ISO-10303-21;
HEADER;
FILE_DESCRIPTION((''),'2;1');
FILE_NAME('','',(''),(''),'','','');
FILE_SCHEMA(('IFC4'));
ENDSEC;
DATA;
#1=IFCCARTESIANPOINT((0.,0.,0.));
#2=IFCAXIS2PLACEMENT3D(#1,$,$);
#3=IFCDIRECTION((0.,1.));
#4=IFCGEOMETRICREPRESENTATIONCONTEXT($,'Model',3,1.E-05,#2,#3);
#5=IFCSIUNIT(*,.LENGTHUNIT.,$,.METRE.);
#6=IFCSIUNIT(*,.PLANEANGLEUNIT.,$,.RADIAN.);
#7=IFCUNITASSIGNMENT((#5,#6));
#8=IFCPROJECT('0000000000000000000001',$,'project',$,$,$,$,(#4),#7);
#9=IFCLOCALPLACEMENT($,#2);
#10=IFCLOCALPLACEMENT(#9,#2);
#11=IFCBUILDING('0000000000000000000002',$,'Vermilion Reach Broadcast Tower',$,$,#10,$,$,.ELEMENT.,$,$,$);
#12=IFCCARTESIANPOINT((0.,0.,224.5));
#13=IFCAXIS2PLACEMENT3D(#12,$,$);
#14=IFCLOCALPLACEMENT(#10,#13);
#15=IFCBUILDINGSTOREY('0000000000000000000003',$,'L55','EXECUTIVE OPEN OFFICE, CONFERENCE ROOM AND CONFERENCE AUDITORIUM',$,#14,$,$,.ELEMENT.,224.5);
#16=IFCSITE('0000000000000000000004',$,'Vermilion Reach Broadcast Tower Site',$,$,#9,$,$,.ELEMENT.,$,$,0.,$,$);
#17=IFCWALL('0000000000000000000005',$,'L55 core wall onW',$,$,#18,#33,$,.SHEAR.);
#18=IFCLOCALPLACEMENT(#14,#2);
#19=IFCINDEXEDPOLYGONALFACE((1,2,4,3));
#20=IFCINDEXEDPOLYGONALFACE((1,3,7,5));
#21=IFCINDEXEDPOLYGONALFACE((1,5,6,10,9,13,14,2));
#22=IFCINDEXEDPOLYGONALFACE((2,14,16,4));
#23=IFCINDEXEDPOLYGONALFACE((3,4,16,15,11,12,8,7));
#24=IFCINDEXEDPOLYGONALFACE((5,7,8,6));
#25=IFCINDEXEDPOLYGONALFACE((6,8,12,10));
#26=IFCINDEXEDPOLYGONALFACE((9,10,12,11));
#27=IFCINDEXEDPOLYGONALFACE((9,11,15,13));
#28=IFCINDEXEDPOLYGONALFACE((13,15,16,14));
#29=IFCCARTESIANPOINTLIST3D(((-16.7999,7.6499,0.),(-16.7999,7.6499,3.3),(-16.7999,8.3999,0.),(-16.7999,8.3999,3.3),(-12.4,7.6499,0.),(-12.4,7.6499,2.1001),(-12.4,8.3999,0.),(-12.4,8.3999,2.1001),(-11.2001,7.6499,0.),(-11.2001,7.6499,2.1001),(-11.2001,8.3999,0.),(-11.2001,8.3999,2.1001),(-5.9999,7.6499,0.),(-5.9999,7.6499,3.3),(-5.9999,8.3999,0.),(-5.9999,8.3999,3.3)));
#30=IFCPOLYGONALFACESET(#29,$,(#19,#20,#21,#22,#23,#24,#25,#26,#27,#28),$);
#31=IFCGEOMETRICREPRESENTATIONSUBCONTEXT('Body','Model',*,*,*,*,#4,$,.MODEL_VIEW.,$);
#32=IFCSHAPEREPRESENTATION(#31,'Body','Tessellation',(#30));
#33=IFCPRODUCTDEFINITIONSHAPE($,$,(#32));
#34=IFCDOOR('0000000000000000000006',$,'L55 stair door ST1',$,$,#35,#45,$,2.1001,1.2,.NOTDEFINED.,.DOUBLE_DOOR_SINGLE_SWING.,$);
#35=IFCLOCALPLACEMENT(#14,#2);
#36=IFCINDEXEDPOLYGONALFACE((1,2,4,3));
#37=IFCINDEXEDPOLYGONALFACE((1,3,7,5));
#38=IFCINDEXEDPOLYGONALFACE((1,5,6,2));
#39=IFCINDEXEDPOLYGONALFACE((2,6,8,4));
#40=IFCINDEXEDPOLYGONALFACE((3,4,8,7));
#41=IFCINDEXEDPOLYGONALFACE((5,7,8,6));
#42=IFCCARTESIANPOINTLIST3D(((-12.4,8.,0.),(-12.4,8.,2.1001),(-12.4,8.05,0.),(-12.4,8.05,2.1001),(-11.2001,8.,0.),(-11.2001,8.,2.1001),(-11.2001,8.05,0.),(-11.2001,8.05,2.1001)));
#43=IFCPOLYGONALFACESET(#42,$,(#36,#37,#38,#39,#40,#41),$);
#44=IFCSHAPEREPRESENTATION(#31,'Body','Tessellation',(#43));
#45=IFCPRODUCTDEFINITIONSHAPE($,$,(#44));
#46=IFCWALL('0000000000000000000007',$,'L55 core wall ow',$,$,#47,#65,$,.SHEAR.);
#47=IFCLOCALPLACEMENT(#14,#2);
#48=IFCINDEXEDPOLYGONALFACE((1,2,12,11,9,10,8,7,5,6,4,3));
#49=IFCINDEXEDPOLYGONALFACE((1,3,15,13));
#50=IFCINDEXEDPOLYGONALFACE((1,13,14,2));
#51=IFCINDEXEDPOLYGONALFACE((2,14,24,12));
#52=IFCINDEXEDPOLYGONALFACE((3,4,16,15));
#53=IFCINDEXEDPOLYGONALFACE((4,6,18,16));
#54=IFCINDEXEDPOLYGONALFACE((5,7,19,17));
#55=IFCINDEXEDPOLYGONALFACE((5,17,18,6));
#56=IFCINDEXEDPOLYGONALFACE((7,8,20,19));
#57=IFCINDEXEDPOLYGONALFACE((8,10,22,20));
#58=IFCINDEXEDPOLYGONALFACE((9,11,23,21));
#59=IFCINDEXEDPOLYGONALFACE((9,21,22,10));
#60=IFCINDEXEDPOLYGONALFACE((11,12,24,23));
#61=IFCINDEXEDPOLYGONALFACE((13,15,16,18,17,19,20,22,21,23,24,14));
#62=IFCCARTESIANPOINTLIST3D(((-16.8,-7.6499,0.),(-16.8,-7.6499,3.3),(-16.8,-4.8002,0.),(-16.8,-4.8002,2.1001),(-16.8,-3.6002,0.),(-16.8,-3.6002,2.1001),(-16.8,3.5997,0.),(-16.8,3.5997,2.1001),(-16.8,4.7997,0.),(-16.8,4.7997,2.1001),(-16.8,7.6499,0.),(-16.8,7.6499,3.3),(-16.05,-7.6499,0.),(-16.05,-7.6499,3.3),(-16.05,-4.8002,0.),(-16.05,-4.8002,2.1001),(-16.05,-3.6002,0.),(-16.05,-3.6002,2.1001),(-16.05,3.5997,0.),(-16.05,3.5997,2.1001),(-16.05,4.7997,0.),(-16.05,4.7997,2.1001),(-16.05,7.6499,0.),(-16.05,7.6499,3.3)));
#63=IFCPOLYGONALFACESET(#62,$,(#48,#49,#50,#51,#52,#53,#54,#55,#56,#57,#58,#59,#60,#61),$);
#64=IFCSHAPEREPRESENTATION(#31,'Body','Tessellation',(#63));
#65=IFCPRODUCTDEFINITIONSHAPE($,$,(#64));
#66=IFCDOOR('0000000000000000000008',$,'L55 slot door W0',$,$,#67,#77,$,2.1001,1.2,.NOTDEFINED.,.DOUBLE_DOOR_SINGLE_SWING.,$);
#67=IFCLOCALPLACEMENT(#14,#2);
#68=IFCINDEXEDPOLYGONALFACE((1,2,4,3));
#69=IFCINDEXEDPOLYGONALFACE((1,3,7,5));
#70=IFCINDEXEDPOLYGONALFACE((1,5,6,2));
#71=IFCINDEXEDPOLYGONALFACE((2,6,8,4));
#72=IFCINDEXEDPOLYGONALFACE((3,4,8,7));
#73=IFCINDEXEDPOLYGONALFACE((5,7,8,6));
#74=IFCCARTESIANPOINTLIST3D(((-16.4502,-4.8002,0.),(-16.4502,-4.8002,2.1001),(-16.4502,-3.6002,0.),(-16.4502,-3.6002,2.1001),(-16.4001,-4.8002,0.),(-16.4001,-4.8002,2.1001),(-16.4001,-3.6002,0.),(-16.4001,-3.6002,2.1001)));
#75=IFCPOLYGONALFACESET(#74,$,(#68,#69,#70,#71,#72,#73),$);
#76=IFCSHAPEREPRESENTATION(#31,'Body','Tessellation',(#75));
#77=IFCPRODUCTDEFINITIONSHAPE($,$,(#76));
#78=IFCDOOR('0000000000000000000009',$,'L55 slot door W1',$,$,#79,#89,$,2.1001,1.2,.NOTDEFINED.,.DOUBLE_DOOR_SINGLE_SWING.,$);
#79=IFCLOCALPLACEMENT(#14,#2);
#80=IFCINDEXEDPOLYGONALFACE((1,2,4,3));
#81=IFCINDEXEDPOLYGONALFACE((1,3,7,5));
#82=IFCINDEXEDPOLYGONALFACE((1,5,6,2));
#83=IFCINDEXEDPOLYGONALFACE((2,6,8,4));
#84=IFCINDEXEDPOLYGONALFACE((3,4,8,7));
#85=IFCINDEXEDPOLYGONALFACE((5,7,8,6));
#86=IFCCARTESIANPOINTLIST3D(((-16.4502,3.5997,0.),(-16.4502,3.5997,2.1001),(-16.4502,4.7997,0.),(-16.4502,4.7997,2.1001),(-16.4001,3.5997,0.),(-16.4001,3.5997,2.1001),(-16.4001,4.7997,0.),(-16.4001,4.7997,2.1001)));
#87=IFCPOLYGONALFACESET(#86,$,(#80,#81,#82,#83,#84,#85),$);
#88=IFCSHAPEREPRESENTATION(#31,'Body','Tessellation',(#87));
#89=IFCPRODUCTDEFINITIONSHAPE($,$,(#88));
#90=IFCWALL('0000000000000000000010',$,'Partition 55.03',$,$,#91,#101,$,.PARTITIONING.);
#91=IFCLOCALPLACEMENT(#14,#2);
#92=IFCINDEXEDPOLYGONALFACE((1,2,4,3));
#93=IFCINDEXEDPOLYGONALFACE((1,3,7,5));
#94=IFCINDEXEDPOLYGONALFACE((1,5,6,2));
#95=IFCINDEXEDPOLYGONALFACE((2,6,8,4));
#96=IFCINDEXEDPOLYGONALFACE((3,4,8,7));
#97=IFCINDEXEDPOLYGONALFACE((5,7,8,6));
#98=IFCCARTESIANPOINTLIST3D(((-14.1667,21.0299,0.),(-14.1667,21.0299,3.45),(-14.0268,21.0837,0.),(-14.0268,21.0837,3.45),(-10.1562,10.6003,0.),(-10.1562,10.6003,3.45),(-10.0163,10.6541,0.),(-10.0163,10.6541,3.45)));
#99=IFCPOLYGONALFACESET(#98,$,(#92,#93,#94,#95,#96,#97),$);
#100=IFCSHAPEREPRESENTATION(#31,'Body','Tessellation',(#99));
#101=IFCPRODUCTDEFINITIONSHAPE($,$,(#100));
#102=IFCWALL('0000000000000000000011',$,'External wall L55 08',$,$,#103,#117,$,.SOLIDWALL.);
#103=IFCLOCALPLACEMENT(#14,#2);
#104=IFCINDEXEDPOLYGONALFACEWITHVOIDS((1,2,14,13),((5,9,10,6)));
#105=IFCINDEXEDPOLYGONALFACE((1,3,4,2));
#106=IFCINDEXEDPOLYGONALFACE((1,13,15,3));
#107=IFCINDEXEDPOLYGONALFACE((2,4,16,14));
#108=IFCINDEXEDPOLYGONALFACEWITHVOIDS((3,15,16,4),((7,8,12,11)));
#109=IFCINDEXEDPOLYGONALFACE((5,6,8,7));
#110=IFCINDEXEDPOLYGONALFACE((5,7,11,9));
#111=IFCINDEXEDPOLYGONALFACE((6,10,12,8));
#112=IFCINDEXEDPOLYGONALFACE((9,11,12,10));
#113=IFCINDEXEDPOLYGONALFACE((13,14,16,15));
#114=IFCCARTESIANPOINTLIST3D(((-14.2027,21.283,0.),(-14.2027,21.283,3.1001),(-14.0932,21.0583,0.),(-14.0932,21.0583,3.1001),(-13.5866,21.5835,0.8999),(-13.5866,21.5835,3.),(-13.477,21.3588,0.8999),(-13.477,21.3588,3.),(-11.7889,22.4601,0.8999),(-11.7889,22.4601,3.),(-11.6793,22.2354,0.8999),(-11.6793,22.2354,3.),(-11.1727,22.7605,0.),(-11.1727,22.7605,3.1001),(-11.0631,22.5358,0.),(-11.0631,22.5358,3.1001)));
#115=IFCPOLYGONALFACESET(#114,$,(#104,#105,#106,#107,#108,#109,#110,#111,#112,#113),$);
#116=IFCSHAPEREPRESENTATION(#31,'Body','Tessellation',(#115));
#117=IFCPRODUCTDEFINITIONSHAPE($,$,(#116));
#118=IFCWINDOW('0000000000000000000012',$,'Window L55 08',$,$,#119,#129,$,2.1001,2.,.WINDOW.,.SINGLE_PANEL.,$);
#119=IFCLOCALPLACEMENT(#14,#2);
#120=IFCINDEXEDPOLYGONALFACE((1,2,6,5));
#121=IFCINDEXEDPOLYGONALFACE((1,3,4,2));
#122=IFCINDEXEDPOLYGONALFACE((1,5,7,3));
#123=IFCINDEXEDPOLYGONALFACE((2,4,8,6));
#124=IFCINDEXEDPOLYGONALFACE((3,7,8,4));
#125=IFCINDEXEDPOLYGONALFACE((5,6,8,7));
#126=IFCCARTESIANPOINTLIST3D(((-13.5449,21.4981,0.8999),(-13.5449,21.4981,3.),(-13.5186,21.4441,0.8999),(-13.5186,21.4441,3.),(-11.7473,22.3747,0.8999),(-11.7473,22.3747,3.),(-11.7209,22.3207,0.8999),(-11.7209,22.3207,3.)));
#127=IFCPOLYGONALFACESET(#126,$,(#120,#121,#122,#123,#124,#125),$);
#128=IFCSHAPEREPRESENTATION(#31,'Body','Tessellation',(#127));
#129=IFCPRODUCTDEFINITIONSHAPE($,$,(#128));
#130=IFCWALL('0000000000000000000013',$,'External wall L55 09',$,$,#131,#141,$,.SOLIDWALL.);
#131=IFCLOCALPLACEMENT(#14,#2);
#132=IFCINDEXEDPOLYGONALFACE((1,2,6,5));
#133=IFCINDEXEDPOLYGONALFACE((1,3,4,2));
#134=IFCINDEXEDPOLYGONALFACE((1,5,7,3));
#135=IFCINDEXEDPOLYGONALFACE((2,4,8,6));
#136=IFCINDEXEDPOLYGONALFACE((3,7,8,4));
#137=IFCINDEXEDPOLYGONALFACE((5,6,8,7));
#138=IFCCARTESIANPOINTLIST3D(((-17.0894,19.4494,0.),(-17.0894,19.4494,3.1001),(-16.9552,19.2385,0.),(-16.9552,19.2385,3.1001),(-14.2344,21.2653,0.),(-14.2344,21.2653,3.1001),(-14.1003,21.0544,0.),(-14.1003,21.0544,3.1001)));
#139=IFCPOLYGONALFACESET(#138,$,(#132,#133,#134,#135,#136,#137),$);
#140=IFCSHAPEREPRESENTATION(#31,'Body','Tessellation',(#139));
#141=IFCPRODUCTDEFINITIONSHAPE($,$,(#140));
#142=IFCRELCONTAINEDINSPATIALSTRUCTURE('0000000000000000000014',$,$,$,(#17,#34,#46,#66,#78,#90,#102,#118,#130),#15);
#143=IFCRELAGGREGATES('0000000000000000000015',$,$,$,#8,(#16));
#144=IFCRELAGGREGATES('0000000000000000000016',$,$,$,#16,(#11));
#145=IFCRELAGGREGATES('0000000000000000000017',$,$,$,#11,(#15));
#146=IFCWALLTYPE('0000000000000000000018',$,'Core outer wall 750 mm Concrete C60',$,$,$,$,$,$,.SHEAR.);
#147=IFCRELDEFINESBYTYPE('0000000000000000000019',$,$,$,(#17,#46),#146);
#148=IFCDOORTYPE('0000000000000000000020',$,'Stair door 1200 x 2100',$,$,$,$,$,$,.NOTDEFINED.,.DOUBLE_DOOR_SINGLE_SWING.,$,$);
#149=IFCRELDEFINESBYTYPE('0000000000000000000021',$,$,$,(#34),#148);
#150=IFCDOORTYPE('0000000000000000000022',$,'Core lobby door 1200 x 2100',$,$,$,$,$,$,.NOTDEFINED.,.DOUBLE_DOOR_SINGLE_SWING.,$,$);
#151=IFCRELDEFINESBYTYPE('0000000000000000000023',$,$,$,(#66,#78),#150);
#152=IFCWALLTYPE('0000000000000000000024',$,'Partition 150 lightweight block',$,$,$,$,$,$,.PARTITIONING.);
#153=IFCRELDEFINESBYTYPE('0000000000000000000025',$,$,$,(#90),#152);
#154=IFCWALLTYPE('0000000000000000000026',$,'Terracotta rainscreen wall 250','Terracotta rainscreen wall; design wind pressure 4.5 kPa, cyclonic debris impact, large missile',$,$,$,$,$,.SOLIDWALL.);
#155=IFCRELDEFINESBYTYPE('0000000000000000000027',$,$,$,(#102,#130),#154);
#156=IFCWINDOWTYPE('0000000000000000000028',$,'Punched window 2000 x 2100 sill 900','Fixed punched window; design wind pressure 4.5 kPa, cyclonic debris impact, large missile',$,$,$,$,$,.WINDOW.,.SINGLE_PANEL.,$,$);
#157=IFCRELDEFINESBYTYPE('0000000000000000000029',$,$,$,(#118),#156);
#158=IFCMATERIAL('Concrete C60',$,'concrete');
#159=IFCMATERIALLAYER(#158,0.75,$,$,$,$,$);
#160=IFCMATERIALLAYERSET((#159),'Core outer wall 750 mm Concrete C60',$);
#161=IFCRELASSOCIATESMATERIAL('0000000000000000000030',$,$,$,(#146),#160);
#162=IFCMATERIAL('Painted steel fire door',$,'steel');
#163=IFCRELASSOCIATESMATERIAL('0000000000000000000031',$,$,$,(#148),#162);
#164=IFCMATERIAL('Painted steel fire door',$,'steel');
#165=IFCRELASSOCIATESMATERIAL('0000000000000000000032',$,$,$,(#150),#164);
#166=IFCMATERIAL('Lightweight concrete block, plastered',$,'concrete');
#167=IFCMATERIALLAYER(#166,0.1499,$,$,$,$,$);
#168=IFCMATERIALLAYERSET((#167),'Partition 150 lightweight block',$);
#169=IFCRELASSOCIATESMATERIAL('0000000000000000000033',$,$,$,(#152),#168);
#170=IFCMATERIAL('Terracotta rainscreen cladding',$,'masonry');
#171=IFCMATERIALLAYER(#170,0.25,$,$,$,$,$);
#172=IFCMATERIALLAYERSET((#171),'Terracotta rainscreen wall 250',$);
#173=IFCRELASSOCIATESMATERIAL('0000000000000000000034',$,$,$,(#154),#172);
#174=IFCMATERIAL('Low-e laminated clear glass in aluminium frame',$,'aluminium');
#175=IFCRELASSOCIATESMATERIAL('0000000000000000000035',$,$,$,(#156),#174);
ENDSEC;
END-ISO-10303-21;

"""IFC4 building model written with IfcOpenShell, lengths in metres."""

from ifc_helpers import new_model, si_unit, direction, frame, frame_2d, origin, place, context, subcontext, project, spatial, rectangle, extrude, material, layer, layer_set, type_object, element, fill, save


model = new_model("IFC4")

# Units and contexts
model_context = context("Model", 3, precision=1e-05, world=origin(), true_north=direction((0.0, 1.0)))
body_context = subcontext(model_context, "Body", "Model", "MODEL_VIEW")
ifc_project = project(units=[si_unit("LENGTHUNIT", "METRE"), si_unit("PLANEANGLEUNIT", "RADIAN")], contexts=[model_context])

# Site, building, storey
site_placement = place(None, origin())
site = spatial("IfcSite", under=ifc_project, at=site_placement, Name="Vermilion Reach Broadcast Tower Site", CompositionType="ELEMENT", RefElevation=0.0)
building_placement = place(site_placement, origin())
building = spatial("IfcBuilding", under=site, at=building_placement, Name="Vermilion Reach Broadcast Tower", CompositionType="ELEMENT")
storey_placement = place(building_placement, frame((0.0, 0.0, 224.5)))
storey = spatial("IfcBuildingStorey", under=building, at=storey_placement, Name="L55", Description="EXECUTIVE OPEN OFFICE, CONFERENCE ROOM AND CONFERENCE AUDITORIUM", CompositionType="ELEMENT", Elevation=224.5)

# Wall, opening, door
ifc_material_1 = material(Name="Concrete C60", Category="concrete")
ifc_layer_1 = layer(ifc_material_1, 0.75)
ifc_layer_set_1 = layer_set([ifc_layer_1], Name="Core outer wall 750 mm Concrete C60")
wall_type_1 = type_object("IfcWallType", Name="Core outer wall 750 mm Concrete C60", PredefinedType="SHEAR", material=ifc_layer_set_1)
wall_1_placement = place(storey_placement, frame((-6.0, 8.0249, 0.0), z_axis=(0.0, 0.0, 1.0), x_axis=(-1.0, 0.0, 0.0)))
wall_1 = element("IfcWall", 1, at=wall_1_placement, inside=storey, type_object=wall_type_1, Name="L55 core wall onW", PredefinedType="SHEAR", context=body_context, shape_type="SweptSolid", body=[
    extrude(rectangle(XDim=10.8, YDim=0.75, at=frame_2d((5.3999, 0.0))), origin(), (0.0, 0.0, 1.0), 3.3),
])
opening_1_placement = place(wall_1_placement, frame((5.2, 0.0, 0.0)))
opening_1 = element("IfcOpeningElement", 2, at=opening_1_placement, cuts=wall_1, PredefinedType="OPENING", context=body_context, shape_type="SweptSolid", body=[
    extrude(rectangle(XDim=1.2, YDim=2.1001, at=frame_2d((0.6001, 1.05))), frame((0.0, 0.385, 0.0), z_axis=(0.0, -1.0, 0.0), x_axis=(1.0, 0.0, 0.0)), (0.0, 0.0, 1.0), 0.77),
])
ifc_material_2 = material(Name="Painted steel fire door", Category="steel")
door_type_1 = type_object("IfcDoorType", Name="Stair door 1200 x 2100", OperationType="DOUBLE_DOOR_SINGLE_SWING", PredefinedType="NOTDEFINED", material=ifc_material_2)
door_1_placement = place(opening_1_placement, origin())
door_1 = element("IfcDoor", 3, at=door_1_placement, inside=storey, type_object=door_type_1, Name="L55 stair door ST1", OperationType="DOUBLE_DOOR_SINGLE_SWING", OverallHeight=2.1001, OverallWidth=1.2, PredefinedType="NOTDEFINED", context=body_context, shape_type="SweptSolid", body=[
    extrude(rectangle(XDim=1.2, YDim=2.1001, at=frame_2d((0.6001, 1.05))), frame((0.0, 0.0249, 0.0), z_axis=(0.0, -1.0, 0.0), x_axis=(1.0, 0.0, 0.0)), (0.0, 0.0, 1.0), 0.05),
])
fill(opening_1, door_1)

# Wall, openings, doors
wall_2_placement = place(storey_placement, frame((-16.425, 7.6499, 0.0), z_axis=(0.0, 0.0, 1.0), x_axis=(0.0, -1.0, 0.0)))
wall_2 = element("IfcWall", 4, at=wall_2_placement, inside=storey, type_object=wall_type_1, Name="L55 core wall ow", PredefinedType="SHEAR", context=body_context, shape_type="SweptSolid", body=[
    extrude(rectangle(XDim=15.2998, YDim=0.75, at=frame_2d((7.6499, 0.0))), origin(), (0.0, 0.0, 1.0), 3.3),
])
opening_2_placement = place(wall_2_placement, frame((11.25, 0.0, 0.0)))
opening_2 = element("IfcOpeningElement", 5, at=opening_2_placement, cuts=wall_2, PredefinedType="OPENING", context=body_context, shape_type="SweptSolid", body=[
    extrude(rectangle(XDim=1.2, YDim=2.1001, at=frame_2d((0.6001, 1.05))), frame((0.0, 0.385, 0.0), z_axis=(0.0, -1.0, 0.0), x_axis=(1.0, 0.0, 0.0)), (0.0, 0.0, 1.0), 0.77),
])
opening_3_placement = place(wall_2_placement, frame((2.8501, 0.0, 0.0)))
opening_3 = element("IfcOpeningElement", 6, at=opening_3_placement, cuts=wall_2, PredefinedType="OPENING", context=body_context, shape_type="SweptSolid", body=[
    extrude(rectangle(XDim=1.2, YDim=2.1001, at=frame_2d((0.6001, 1.05))), frame((0.0, 0.385, 0.0), z_axis=(0.0, -1.0, 0.0), x_axis=(1.0, 0.0, 0.0)), (0.0, 0.0, 1.0), 0.77),
])
ifc_material_3 = material(Name="Painted steel fire door", Category="steel")
door_type_2 = type_object("IfcDoorType", Name="Core lobby door 1200 x 2100", OperationType="DOUBLE_DOOR_SINGLE_SWING", PredefinedType="NOTDEFINED", material=ifc_material_3)
door_2_placement = place(opening_2_placement, origin())
door_2 = element("IfcDoor", 7, at=door_2_placement, inside=storey, type_object=door_type_2, Name="L55 slot door W0", OperationType="DOUBLE_DOOR_SINGLE_SWING", OverallHeight=2.1001, OverallWidth=1.2, PredefinedType="NOTDEFINED", context=body_context, shape_type="SweptSolid", body=[
    extrude(rectangle(XDim=1.2, YDim=2.1001, at=frame_2d((0.6001, 1.05))), frame((0.0, 0.0249, 0.0), z_axis=(0.0, -1.0, 0.0), x_axis=(1.0, 0.0, 0.0)), (0.0, 0.0, 1.0), 0.05),
])
fill(opening_2, door_2)
door_3_placement = place(opening_3_placement, origin())
door_3 = element("IfcDoor", 8, at=door_3_placement, inside=storey, type_object=door_type_2, Name="L55 slot door W1", OperationType="DOUBLE_DOOR_SINGLE_SWING", OverallHeight=2.1001, OverallWidth=1.2, PredefinedType="NOTDEFINED", context=body_context, shape_type="SweptSolid", body=[
    extrude(rectangle(XDim=1.2, YDim=2.1001, at=frame_2d((0.6001, 1.05))), frame((0.0, 0.0249, 0.0), z_axis=(0.0, -1.0, 0.0), x_axis=(1.0, 0.0, 0.0)), (0.0, 0.0, 1.0), 0.05),
])
fill(opening_3, door_3)

# Wall
ifc_material_4 = material(Name="Lightweight concrete block, plastered", Category="concrete")
ifc_layer_2 = layer(ifc_material_4, 0.1499)
ifc_layer_set_2 = layer_set([ifc_layer_2], Name="Partition 150 lightweight block")
wall_type_2 = type_object("IfcWallType", Name="Partition 150 lightweight block", PredefinedType="PARTITIONING", material=ifc_layer_set_2)
wall_3_placement = place(storey_placement, frame((-14.0967, 21.0566, 0.0), z_axis=(0.0, 0.0, 1.0), x_axis=(0.358907, -0.933373, 0.0)))
element("IfcWall", 9, at=wall_3_placement, inside=storey, type_object=wall_type_2, Name="Partition 55.03", PredefinedType="PARTITIONING", context=body_context, shape_type="SweptSolid", body=[
    extrude(rectangle(XDim=11.1741, YDim=0.1499, at=frame_2d((5.5869, 0.0))), origin(), (0.0, 0.0, 1.0), 3.45),
])

# Shared definitions
ifc_material_5 = material(Name="Terracotta rainscreen cladding", Category="masonry")
ifc_layer_3 = layer(ifc_material_5, 0.25)
ifc_layer_set_3 = layer_set([ifc_layer_3], Name="Terracotta rainscreen wall 250")
wall_type_3 = type_object("IfcWallType", Name="Terracotta rainscreen wall 250", Description="Terracotta rainscreen wall; design wind pressure 4.5 kPa, cyclonic debris impact, large missile", PredefinedType="SOLIDWALL", material=ifc_layer_set_3)

# Wall, opening, window
wall_4_placement = place(storey_placement, frame((-11.1179, 22.6482, 0.0), z_axis=(0.0, 0.0, 1.0), x_axis=(-0.89883, -0.438298, 0.0)))
wall_4 = element("IfcWall", 10, at=wall_4_placement, inside=storey, type_object=wall_type_3, Name="External wall L55 08", PredefinedType="SOLIDWALL", context=body_context, shape_type="SweptSolid", body=[
    extrude(rectangle(XDim=3.3711, YDim=0.25, at=frame_2d((1.6855, 0.0))), origin(), (0.0, 0.0, 1.0), 3.1001),
])
opening_4_placement = place(wall_4_placement, frame((0.6855, 0.0, 0.8999)))
opening_4 = element("IfcOpeningElement", 11, at=opening_4_placement, cuts=wall_4, PredefinedType="OPENING", context=body_context, shape_type="SweptSolid", body=[
    extrude(rectangle(XDim=2.0, YDim=2.1001, at=frame_2d((1.0, 1.05))), frame((0.0, 0.135, 0.0), z_axis=(0.0, -1.0, 0.0), x_axis=(1.0, 0.0, 0.0)), (0.0, 0.0, 1.0), 0.27),
])
ifc_material_6 = material(Name="Low-e laminated clear glass in aluminium frame", Category="aluminium")
window_type = type_object("IfcWindowType", Name="Punched window 2000 x 2100 sill 900", Description="Fixed punched window; design wind pressure 4.5 kPa, cyclonic debris impact, large missile", PartitioningType="SINGLE_PANEL", PredefinedType="WINDOW", material=ifc_material_6)
window_placement = place(opening_4_placement, origin())
window = element("IfcWindow", 12, at=window_placement, inside=storey, type_object=window_type, Name="Window L55 08", OverallHeight=2.1001, OverallWidth=2.0, PartitioningType="SINGLE_PANEL", PredefinedType="WINDOW", context=body_context, shape_type="SweptSolid", body=[
    extrude(rectangle(XDim=2.0, YDim=2.1001, at=frame_2d((1.0, 1.05))), frame((0.0, 0.03, 0.0), z_axis=(0.0, -1.0, 0.0), x_axis=(1.0, 0.0, 0.0)), (0.0, 0.0, 1.0), 0.0601),
])
fill(opening_4, window)

# Wall
wall_5_placement = place(storey_placement, frame((-14.1672, 21.1599, 0.0), z_axis=(0.0, 0.0, 1.0), x_axis=(-0.84378, -0.536689, 0.0)))
element("IfcWall", 13, at=wall_5_placement, inside=storey, type_object=wall_type_3, Name="External wall L55 09", PredefinedType="SOLIDWALL", context=body_context, shape_type="SweptSolid", body=[
    extrude(rectangle(XDim=3.3835, YDim=0.25, at=frame_2d((1.6919, 0.0))), origin(), (0.0, 0.0, 1.0), 3.1001),
])

save(model, "model.ifc")
